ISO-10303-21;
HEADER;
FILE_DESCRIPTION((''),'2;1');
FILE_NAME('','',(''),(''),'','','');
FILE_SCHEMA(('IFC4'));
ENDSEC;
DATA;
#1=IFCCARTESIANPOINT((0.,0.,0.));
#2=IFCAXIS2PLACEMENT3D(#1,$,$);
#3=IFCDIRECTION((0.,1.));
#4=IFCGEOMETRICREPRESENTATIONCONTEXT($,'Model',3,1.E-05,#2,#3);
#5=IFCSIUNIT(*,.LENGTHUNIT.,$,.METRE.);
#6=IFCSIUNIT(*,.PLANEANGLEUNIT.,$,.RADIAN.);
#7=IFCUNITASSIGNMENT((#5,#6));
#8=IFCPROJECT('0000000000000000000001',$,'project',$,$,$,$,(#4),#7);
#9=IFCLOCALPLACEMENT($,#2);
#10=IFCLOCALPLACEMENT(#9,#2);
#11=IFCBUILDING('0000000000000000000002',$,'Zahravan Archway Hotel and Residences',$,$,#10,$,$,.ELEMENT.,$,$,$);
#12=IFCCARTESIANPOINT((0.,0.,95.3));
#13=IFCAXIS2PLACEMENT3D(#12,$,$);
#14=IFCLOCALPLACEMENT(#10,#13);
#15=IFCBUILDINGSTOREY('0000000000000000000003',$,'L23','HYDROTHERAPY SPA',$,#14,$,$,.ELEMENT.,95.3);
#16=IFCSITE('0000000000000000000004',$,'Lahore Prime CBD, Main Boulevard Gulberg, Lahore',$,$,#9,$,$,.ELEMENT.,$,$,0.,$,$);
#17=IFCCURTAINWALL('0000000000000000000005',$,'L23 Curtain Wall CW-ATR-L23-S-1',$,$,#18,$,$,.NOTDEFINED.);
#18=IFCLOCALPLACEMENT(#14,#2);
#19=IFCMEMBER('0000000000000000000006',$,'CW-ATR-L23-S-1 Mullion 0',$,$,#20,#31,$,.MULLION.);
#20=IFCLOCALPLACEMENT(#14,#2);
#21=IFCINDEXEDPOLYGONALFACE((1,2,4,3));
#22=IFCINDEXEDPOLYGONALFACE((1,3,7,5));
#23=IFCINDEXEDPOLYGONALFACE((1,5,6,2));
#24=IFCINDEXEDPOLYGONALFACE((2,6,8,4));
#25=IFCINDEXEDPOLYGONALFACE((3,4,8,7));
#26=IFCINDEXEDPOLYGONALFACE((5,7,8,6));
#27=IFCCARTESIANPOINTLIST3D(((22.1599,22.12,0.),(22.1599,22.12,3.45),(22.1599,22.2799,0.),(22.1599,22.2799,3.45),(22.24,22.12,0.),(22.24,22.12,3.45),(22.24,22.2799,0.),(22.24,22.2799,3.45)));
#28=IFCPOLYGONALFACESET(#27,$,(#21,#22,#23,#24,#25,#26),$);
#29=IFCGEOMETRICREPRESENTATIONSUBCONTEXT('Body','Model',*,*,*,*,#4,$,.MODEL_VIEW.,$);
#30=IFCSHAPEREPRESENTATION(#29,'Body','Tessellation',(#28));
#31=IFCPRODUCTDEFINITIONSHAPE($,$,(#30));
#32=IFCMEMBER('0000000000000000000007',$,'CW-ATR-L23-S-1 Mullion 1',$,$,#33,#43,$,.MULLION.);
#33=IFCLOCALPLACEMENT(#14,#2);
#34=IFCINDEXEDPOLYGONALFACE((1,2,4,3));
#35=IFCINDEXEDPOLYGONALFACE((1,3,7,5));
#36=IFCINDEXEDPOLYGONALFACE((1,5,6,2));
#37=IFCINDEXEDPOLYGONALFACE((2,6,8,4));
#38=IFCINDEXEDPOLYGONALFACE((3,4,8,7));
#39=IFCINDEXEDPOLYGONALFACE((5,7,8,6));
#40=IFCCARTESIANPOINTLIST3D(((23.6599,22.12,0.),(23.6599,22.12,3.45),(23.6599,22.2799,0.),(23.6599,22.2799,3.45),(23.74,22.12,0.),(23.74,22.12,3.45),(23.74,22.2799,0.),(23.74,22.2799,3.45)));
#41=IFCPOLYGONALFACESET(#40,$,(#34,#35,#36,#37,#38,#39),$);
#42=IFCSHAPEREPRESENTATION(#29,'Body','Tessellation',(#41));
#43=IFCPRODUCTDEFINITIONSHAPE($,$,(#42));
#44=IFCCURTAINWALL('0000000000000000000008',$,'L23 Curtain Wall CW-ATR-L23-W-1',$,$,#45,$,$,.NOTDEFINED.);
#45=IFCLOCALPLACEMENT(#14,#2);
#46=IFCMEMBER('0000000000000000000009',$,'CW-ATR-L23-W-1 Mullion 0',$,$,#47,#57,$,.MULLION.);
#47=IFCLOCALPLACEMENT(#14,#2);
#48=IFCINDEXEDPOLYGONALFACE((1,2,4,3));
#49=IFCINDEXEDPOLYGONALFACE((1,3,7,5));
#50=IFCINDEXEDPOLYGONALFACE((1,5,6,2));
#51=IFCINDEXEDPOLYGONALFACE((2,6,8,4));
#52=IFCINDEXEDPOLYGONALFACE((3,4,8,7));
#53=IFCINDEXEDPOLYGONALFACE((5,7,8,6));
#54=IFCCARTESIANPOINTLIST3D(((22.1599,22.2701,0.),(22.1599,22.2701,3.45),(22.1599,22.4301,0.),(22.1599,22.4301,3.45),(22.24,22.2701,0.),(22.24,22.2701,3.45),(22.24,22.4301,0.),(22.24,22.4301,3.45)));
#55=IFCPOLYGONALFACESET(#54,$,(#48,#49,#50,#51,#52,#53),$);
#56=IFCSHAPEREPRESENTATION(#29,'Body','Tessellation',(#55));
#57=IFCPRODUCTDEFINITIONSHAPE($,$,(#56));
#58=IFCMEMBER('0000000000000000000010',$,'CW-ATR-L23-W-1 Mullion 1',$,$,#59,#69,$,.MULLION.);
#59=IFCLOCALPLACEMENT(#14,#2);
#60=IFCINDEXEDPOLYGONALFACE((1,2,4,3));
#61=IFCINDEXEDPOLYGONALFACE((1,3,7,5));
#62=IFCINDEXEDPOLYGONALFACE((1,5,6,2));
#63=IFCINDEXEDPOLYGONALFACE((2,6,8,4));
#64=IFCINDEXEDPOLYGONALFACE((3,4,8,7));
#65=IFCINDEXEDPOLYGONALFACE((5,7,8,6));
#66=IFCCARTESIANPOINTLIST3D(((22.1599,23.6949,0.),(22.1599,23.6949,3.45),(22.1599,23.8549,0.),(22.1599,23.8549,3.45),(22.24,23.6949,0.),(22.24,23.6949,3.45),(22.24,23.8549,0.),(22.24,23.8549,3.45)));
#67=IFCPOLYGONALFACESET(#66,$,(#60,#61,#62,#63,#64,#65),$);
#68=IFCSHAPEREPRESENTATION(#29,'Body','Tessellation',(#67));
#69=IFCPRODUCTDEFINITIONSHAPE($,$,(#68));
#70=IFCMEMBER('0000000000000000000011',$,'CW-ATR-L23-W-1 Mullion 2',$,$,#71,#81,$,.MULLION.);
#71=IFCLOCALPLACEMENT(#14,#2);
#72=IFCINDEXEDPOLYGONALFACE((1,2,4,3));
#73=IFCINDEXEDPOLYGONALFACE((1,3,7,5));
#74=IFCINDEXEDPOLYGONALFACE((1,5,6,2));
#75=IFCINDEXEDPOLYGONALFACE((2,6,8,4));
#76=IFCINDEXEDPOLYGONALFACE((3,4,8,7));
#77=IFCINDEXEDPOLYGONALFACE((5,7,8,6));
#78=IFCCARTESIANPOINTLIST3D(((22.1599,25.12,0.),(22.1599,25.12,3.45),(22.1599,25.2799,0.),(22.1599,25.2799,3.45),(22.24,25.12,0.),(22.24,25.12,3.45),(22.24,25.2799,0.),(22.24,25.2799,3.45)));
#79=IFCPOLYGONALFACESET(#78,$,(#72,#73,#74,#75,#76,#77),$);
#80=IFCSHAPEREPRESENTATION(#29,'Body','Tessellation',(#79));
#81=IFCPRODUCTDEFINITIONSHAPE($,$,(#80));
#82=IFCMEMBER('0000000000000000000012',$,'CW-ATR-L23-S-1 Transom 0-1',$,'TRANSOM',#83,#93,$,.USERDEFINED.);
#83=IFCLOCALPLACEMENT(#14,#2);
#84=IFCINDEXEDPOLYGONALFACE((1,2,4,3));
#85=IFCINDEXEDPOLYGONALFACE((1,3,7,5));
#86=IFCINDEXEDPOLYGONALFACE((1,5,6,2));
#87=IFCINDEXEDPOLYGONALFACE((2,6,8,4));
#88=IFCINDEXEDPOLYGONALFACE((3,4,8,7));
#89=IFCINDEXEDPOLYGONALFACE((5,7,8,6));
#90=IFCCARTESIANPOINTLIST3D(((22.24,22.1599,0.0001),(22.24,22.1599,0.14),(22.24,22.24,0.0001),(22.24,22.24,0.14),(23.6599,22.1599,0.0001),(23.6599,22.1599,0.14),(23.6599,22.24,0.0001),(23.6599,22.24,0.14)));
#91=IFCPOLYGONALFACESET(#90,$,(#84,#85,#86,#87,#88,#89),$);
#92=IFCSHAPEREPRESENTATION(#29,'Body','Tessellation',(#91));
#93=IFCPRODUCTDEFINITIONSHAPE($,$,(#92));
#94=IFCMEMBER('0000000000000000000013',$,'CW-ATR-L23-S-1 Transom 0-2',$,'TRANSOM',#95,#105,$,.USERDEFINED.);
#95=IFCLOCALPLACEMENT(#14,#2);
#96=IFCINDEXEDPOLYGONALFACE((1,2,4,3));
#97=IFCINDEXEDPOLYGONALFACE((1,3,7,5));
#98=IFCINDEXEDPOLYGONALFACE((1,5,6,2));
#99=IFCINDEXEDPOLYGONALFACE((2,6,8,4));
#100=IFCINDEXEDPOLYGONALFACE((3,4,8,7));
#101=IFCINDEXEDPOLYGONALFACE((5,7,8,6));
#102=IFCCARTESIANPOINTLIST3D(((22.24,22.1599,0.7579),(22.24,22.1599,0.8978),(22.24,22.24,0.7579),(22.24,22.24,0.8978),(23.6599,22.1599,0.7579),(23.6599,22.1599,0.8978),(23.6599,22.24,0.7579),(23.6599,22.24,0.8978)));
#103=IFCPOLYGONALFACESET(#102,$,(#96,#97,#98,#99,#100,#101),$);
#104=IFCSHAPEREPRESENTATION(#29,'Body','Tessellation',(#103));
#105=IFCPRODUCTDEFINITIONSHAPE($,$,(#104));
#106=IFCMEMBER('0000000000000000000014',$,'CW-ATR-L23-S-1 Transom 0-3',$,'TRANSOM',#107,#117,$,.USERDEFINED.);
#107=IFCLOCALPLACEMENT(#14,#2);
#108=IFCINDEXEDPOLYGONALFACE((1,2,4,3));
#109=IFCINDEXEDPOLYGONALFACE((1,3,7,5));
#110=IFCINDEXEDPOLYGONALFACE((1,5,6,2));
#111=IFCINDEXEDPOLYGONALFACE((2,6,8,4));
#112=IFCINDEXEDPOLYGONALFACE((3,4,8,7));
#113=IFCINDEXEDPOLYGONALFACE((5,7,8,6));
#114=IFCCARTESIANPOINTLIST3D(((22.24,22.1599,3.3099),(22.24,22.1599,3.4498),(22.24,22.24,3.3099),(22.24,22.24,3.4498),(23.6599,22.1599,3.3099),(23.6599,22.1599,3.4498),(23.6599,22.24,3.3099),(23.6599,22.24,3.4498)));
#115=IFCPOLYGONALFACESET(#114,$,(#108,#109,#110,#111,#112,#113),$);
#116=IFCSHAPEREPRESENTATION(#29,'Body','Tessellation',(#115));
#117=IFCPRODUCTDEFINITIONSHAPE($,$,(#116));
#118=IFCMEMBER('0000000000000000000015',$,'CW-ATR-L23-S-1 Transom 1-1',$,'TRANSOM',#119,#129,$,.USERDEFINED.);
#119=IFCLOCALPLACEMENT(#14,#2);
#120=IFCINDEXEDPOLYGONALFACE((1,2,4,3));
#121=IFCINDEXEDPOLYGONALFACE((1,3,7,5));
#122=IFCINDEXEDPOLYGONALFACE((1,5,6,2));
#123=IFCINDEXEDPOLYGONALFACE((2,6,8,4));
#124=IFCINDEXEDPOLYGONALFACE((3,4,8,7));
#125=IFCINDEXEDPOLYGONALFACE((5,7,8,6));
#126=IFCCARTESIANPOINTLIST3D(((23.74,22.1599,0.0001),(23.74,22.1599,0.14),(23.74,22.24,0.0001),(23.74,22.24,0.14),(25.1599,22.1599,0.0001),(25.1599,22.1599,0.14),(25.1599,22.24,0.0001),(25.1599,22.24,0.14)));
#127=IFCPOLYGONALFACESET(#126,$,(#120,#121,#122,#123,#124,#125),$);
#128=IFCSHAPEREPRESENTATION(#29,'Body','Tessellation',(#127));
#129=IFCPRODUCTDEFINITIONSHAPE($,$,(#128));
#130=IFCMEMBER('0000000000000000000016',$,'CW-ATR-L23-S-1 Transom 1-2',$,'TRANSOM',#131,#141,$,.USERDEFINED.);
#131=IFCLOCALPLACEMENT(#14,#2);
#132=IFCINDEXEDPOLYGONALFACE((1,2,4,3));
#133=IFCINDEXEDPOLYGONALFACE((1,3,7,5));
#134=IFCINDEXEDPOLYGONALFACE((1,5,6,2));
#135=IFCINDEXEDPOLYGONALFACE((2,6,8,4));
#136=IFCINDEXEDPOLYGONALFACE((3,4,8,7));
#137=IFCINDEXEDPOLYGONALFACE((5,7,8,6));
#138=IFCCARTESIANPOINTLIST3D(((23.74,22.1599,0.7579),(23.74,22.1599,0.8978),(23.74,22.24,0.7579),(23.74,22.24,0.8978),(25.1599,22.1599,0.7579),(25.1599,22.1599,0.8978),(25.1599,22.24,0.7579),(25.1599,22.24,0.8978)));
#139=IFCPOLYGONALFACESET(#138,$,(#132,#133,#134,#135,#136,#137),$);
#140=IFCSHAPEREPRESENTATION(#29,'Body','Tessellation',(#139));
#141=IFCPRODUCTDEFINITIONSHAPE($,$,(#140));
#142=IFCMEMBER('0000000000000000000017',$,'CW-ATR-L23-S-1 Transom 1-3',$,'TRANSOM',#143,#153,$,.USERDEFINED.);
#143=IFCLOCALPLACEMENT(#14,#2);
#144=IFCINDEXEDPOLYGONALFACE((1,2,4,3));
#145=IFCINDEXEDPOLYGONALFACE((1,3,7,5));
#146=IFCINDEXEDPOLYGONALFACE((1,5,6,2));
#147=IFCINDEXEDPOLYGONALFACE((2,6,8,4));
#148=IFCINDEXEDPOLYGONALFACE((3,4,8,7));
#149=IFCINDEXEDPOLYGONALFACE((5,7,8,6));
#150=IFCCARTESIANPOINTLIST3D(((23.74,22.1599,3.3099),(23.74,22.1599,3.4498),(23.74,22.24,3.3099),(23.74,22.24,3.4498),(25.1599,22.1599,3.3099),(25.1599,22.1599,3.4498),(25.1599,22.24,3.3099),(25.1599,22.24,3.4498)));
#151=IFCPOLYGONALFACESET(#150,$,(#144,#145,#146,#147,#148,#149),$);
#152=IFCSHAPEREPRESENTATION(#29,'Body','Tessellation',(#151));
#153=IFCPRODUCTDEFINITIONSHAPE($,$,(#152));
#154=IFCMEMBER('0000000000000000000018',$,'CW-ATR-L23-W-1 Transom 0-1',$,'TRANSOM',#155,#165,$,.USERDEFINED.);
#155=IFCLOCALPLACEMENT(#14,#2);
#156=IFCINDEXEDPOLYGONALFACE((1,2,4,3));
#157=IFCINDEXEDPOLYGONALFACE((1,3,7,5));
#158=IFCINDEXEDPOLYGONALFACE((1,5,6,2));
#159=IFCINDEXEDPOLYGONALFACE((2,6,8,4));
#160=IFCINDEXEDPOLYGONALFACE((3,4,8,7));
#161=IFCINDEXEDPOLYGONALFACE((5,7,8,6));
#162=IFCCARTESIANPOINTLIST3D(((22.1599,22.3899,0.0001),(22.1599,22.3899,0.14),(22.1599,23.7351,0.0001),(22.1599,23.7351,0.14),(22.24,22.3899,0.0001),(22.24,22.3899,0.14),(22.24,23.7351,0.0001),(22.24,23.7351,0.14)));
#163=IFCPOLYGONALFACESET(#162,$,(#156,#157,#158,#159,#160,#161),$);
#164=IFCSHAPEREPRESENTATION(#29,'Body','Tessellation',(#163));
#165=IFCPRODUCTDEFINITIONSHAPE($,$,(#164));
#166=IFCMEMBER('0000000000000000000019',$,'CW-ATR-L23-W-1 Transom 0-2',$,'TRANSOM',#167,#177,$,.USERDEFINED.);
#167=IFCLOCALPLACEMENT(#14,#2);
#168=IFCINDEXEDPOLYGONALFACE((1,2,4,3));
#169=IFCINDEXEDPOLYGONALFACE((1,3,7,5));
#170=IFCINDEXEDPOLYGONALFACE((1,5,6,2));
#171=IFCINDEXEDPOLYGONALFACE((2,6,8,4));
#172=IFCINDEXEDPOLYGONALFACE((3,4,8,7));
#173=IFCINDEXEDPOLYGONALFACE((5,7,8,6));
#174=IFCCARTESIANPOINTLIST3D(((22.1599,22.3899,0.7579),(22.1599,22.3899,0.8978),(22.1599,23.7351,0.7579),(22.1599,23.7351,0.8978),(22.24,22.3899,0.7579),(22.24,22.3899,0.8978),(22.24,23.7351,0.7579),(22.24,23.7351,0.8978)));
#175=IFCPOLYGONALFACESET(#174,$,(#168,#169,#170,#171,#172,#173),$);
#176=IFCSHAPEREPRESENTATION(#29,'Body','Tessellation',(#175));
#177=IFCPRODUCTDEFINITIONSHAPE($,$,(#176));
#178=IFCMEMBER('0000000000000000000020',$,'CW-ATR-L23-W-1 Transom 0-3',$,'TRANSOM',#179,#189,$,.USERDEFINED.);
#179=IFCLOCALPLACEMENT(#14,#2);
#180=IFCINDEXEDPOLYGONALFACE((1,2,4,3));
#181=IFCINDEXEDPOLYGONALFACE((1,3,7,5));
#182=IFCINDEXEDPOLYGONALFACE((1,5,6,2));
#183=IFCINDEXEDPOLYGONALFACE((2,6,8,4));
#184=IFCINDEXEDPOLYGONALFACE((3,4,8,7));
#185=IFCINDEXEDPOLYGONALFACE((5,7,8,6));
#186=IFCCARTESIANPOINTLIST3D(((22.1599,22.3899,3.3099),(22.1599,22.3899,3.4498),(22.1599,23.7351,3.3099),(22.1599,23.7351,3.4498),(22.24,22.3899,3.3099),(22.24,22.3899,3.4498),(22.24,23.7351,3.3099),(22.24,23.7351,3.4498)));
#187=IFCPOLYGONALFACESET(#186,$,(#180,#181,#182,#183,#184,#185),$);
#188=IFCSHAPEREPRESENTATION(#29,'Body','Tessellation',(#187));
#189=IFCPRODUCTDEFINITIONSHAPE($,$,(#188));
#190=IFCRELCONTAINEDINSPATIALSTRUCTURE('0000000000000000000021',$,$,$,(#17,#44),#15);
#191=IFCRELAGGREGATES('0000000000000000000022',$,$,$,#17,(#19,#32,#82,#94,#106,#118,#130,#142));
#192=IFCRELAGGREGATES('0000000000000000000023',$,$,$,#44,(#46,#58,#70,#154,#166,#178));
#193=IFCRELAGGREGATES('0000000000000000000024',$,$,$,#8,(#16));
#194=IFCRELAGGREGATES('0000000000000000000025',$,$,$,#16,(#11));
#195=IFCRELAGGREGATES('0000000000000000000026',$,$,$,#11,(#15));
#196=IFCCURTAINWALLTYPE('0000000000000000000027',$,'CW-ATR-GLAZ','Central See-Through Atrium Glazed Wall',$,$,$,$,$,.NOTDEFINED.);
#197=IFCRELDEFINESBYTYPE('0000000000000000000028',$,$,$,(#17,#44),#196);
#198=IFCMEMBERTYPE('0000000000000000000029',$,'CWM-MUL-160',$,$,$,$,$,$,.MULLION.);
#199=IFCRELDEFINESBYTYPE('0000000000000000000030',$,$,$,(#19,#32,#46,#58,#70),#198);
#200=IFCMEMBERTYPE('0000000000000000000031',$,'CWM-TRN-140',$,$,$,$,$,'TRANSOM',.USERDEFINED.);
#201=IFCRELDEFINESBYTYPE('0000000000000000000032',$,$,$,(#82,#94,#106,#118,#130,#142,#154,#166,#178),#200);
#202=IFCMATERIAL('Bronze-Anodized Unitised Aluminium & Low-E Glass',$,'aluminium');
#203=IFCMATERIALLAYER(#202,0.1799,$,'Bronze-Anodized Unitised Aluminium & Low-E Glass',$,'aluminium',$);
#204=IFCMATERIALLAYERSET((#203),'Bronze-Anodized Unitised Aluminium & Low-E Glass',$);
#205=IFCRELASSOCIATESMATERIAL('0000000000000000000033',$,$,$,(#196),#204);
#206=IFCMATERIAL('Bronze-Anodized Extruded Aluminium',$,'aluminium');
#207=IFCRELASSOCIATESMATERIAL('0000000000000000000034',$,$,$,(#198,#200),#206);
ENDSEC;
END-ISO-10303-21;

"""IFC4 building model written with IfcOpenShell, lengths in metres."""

from ifc_helpers import new_model, si_unit, direction, frame, origin, origin_2d, place, context, subcontext, project, spatial, rectangle, extrude, source, transform, mapped, material, layer, layer_set, material_profile, profile_set, type_object, element, aggregate, save


model = new_model("IFC4")

# Units and contexts
model_context = context("Model", 3, precision=1e-05, world=origin(), true_north=direction((0.0, 1.0)))
body_context = subcontext(model_context, "Body", "Model", "MODEL_VIEW")
ifc_project = project(units=[si_unit("LENGTHUNIT", "METRE"), si_unit("PLANEANGLEUNIT", "RADIAN")], contexts=[model_context])

# Site, building, storey
site_placement = place(None, origin())
site = spatial("IfcSite", under=ifc_project, at=site_placement, Name="Lahore Prime CBD, Main Boulevard Gulberg, Lahore", CompositionType="ELEMENT", RefElevation=0.0)
building_placement = place(site_placement, origin())
building = spatial("IfcBuilding", under=site, at=building_placement, Name="Zahravan Archway Hotel and Residences", CompositionType="ELEMENT")
storey_placement = place(building_placement, frame((0.0, 0.0, 95.3)))
storey = spatial("IfcBuildingStorey", under=building, at=storey_placement, Name="L23", Description="HYDROTHERAPY SPA", CompositionType="ELEMENT", Elevation=95.3)

# Curtain walls, members
ifc_material_1 = material(Name="Bronze-Anodized Unitised Aluminium & Low-E Glass", Category="aluminium")
ifc_layer_1 = layer(ifc_material_1, 0.1799, Name="Bronze-Anodized Unitised Aluminium & Low-E Glass", Category="aluminium")
ifc_layer_set_1 = layer_set([ifc_layer_1], Name="Bronze-Anodized Unitised Aluminium & Low-E Glass")
curtain_wall_type = type_object("IfcCurtainWallType", Name="CW-ATR-GLAZ", Description="Central See-Through Atrium Glazed Wall", PredefinedType="NOTDEFINED", material=ifc_layer_set_1)
curtain_wall_1_placement = place(storey_placement, origin())
curtain_wall_1 = element("IfcCurtainWall", 1, at=curtain_wall_1_placement, inside=storey, type_object=curtain_wall_type, Name="L23 Curtain Wall CW-ATR-L23-S-1", PredefinedType="NOTDEFINED")
ifc_material_2 = material(Name="Bronze-Anodized Extruded Aluminium", Category="aluminium")
ifc_material_profile_1 = material_profile(ifc_material_2, rectangle(XDim=0.0801, YDim=0.1599, at=origin_2d()), Name="MUL 80x160", Category="aluminium")
ifc_profile_set_1 = profile_set([ifc_material_profile_1], Name="Bronze-Anodized Extruded Aluminium")
member_type_1 = type_object("IfcMemberType", Name="CWM-MUL-160", PredefinedType="MULLION", material=ifc_profile_set_1)
shared_shape_1 = source(origin(), body_context, "Body", "SweptSolid", [
    extrude(rectangle(XDim=0.0801, YDim=0.1599, at=origin_2d()), origin(), (0.0, 0.0, 1.0), 3.45),
])
member_1_placement = place(storey_placement, frame((22.2, 22.2, 0.0), z_axis=(0.0, 0.0, 1.0), x_axis=(1.0, 0.0, 0.0)))
member_1 = element("IfcMember", 2, at=member_1_placement, type_object=member_type_1, Name="CW-ATR-L23-S-1 Mullion 0", PredefinedType="MULLION", context=body_context, shape_type="MappedRepresentation", body=[
    mapped(shared_shape_1, transform((0.0, 0.0, 0.0), scale=1.0)),
])
member_2_placement = place(storey_placement, frame((23.7, 22.2, 0.0), z_axis=(0.0, 0.0, 1.0), x_axis=(1.0, 0.0, 0.0)))
member_2 = element("IfcMember", 3, at=member_2_placement, type_object=member_type_1, Name="CW-ATR-L23-S-1 Mullion 1", PredefinedType="MULLION", context=body_context, shape_type="MappedRepresentation", body=[
    mapped(shared_shape_1, transform((0.0, 0.0, 0.0), scale=1.0)),
])
curtain_wall_2_placement = place(storey_placement, origin())
curtain_wall_2 = element("IfcCurtainWall", 4, at=curtain_wall_2_placement, inside=storey, type_object=curtain_wall_type, Name="L23 Curtain Wall CW-ATR-L23-W-1", PredefinedType="NOTDEFINED")
member_3_placement = place(storey_placement, frame((22.2, 22.3501, 0.0), z_axis=(0.0, 0.0, 1.0), x_axis=(1.0, 0.0, 0.0)))
member_3 = element("IfcMember", 5, at=member_3_placement, type_object=member_type_1, Name="CW-ATR-L23-W-1 Mullion 0", PredefinedType="MULLION", context=body_context, shape_type="MappedRepresentation", body=[
    mapped(shared_shape_1, transform((0.0, 0.0, 0.0), scale=1.0)),
])
member_4_placement = place(storey_placement, frame((22.2, 23.7749, 0.0), z_axis=(0.0, 0.0, 1.0), x_axis=(1.0, 0.0, 0.0)))
member_4 = element("IfcMember", 6, at=member_4_placement, type_object=member_type_1, Name="CW-ATR-L23-W-1 Mullion 1", PredefinedType="MULLION", context=body_context, shape_type="MappedRepresentation", body=[
    mapped(shared_shape_1, transform((0.0, 0.0, 0.0), scale=1.0)),
])
member_5_placement = place(storey_placement, frame((22.2, 25.2, 0.0), z_axis=(0.0, 0.0, 1.0), x_axis=(1.0, 0.0, 0.0)))
member_5 = element("IfcMember", 7, at=member_5_placement, type_object=member_type_1, Name="CW-ATR-L23-W-1 Mullion 2", PredefinedType="MULLION", context=body_context, shape_type="MappedRepresentation", body=[
    mapped(shared_shape_1, transform((0.0, 0.0, 0.0), scale=1.0)),
])

# Members
ifc_material_profile_2 = material_profile(ifc_material_2, rectangle(XDim=0.0801, YDim=0.1399, at=origin_2d()), Name="TRN 80x140", Category="aluminium")
ifc_profile_set_2 = profile_set([ifc_material_profile_2], Name="Bronze-Anodized Extruded Aluminium")
member_type_2 = type_object("IfcMemberType", Name="CWM-TRN-140", ElementType="TRANSOM", PredefinedType="USERDEFINED", material=ifc_profile_set_2)
shared_shape_2 = source(origin(), body_context, "Body", "SweptSolid", [
    extrude(rectangle(XDim=0.0801, YDim=0.1399, at=origin_2d()), origin(), (0.0, 0.0, 1.0), 1.4199),
])
member_6_placement = place(storey_placement, frame((22.24, 22.2, 0.0701), z_axis=(1.0, 0.0, 0.0), x_axis=(0.0, 1.0, 0.0)))
member_6 = element("IfcMember", 8, at=member_6_placement, type_object=member_type_2, Name="CW-ATR-L23-S-1 Transom 0-1", ObjectType="TRANSOM", PredefinedType="USERDEFINED", context=body_context, shape_type="MappedRepresentation", body=[
    mapped(shared_shape_2, transform((0.0, 0.0, 0.0), scale=1.0)),
])
member_7_placement = place(storey_placement, frame((22.24, 22.2, 0.8279), z_axis=(1.0, 0.0, 0.0), x_axis=(0.0, 1.0, 0.0)))
member_7 = element("IfcMember", 9, at=member_7_placement, type_object=member_type_2, Name="CW-ATR-L23-S-1 Transom 0-2", ObjectType="TRANSOM", PredefinedType="USERDEFINED", context=body_context, shape_type="MappedRepresentation", body=[
    mapped(shared_shape_2, transform((0.0, 0.0, 0.0), scale=1.0)),
])
member_8_placement = place(storey_placement, frame((22.24, 22.2, 3.3799), z_axis=(1.0, 0.0, 0.0), x_axis=(0.0, 1.0, 0.0)))
member_8 = element("IfcMember", 10, at=member_8_placement, type_object=member_type_2, Name="CW-ATR-L23-S-1 Transom 0-3", ObjectType="TRANSOM", PredefinedType="USERDEFINED", context=body_context, shape_type="MappedRepresentation", body=[
    mapped(shared_shape_2, transform((0.0, 0.0, 0.0), scale=1.0)),
])
member_9_placement = place(storey_placement, frame((23.74, 22.2, 0.0701), z_axis=(1.0, 0.0, 0.0), x_axis=(0.0, 1.0, 0.0)))
member_9 = element("IfcMember", 11, at=member_9_placement, type_object=member_type_2, Name="CW-ATR-L23-S-1 Transom 1-1", ObjectType="TRANSOM", PredefinedType="USERDEFINED", context=body_context, shape_type="MappedRepresentation", body=[
    mapped(shared_shape_2, transform((0.0, 0.0, 0.0), scale=1.0)),
])
member_10_placement = place(storey_placement, frame((23.74, 22.2, 0.8279), z_axis=(1.0, 0.0, 0.0), x_axis=(0.0, 1.0, 0.0)))
member_10 = element("IfcMember", 12, at=member_10_placement, type_object=member_type_2, Name="CW-ATR-L23-S-1 Transom 1-2", ObjectType="TRANSOM", PredefinedType="USERDEFINED", context=body_context, shape_type="MappedRepresentation", body=[
    mapped(shared_shape_2, transform((0.0, 0.0, 0.0), scale=1.0)),
])
member_11_placement = place(storey_placement, frame((23.74, 22.2, 3.3799), z_axis=(1.0, 0.0, 0.0), x_axis=(0.0, 1.0, 0.0)))
member_11 = element("IfcMember", 13, at=member_11_placement, type_object=member_type_2, Name="CW-ATR-L23-S-1 Transom 1-3", ObjectType="TRANSOM", PredefinedType="USERDEFINED", context=body_context, shape_type="MappedRepresentation", body=[
    mapped(shared_shape_2, transform((0.0, 0.0, 0.0), scale=1.0)),
])
shared_shape_3 = source(origin(), body_context, "Body", "SweptSolid", [
    extrude(rectangle(XDim=0.0801, YDim=0.1399, at=origin_2d()), origin(), (0.0, 0.0, 1.0), 1.3452),
])
member_12_placement = place(storey_placement, frame((22.2, 22.3899, 0.0701), z_axis=(0.0, 1.0, 0.0), x_axis=(-1.0, 0.0, 0.0)))
member_12 = element("IfcMember", 14, at=member_12_placement, type_object=member_type_2, Name="CW-ATR-L23-W-1 Transom 0-1", ObjectType="TRANSOM", PredefinedType="USERDEFINED", context=body_context, shape_type="MappedRepresentation", body=[
    mapped(shared_shape_3, transform((0.0, 0.0, 0.0), scale=1.0)),
])
member_13_placement = place(storey_placement, frame((22.2, 22.3899, 0.8279), z_axis=(0.0, 1.0, 0.0), x_axis=(-1.0, 0.0, 0.0)))
member_13 = element("IfcMember", 15, at=member_13_placement, type_object=member_type_2, Name="CW-ATR-L23-W-1 Transom 0-2", ObjectType="TRANSOM", PredefinedType="USERDEFINED", context=body_context, shape_type="MappedRepresentation", body=[
    mapped(shared_shape_3, transform((0.0, 0.0, 0.0), scale=1.0)),
])
member_14_placement = place(storey_placement, frame((22.2, 22.3899, 3.3799), z_axis=(0.0, 1.0, 0.0), x_axis=(-1.0, 0.0, 0.0)))
member_14 = element("IfcMember", 16, at=member_14_placement, type_object=member_type_2, Name="CW-ATR-L23-W-1 Transom 0-3", ObjectType="TRANSOM", PredefinedType="USERDEFINED", context=body_context, shape_type="MappedRepresentation", body=[
    mapped(shared_shape_3, transform((0.0, 0.0, 0.0), scale=1.0)),
])

aggregate(curtain_wall_1, [member_1, member_2, member_6, member_7, member_8, member_9, member_10, member_11])
aggregate(curtain_wall_2, [member_3, member_4, member_5, member_12, member_13, member_14])

save(model, "model.ifc")
